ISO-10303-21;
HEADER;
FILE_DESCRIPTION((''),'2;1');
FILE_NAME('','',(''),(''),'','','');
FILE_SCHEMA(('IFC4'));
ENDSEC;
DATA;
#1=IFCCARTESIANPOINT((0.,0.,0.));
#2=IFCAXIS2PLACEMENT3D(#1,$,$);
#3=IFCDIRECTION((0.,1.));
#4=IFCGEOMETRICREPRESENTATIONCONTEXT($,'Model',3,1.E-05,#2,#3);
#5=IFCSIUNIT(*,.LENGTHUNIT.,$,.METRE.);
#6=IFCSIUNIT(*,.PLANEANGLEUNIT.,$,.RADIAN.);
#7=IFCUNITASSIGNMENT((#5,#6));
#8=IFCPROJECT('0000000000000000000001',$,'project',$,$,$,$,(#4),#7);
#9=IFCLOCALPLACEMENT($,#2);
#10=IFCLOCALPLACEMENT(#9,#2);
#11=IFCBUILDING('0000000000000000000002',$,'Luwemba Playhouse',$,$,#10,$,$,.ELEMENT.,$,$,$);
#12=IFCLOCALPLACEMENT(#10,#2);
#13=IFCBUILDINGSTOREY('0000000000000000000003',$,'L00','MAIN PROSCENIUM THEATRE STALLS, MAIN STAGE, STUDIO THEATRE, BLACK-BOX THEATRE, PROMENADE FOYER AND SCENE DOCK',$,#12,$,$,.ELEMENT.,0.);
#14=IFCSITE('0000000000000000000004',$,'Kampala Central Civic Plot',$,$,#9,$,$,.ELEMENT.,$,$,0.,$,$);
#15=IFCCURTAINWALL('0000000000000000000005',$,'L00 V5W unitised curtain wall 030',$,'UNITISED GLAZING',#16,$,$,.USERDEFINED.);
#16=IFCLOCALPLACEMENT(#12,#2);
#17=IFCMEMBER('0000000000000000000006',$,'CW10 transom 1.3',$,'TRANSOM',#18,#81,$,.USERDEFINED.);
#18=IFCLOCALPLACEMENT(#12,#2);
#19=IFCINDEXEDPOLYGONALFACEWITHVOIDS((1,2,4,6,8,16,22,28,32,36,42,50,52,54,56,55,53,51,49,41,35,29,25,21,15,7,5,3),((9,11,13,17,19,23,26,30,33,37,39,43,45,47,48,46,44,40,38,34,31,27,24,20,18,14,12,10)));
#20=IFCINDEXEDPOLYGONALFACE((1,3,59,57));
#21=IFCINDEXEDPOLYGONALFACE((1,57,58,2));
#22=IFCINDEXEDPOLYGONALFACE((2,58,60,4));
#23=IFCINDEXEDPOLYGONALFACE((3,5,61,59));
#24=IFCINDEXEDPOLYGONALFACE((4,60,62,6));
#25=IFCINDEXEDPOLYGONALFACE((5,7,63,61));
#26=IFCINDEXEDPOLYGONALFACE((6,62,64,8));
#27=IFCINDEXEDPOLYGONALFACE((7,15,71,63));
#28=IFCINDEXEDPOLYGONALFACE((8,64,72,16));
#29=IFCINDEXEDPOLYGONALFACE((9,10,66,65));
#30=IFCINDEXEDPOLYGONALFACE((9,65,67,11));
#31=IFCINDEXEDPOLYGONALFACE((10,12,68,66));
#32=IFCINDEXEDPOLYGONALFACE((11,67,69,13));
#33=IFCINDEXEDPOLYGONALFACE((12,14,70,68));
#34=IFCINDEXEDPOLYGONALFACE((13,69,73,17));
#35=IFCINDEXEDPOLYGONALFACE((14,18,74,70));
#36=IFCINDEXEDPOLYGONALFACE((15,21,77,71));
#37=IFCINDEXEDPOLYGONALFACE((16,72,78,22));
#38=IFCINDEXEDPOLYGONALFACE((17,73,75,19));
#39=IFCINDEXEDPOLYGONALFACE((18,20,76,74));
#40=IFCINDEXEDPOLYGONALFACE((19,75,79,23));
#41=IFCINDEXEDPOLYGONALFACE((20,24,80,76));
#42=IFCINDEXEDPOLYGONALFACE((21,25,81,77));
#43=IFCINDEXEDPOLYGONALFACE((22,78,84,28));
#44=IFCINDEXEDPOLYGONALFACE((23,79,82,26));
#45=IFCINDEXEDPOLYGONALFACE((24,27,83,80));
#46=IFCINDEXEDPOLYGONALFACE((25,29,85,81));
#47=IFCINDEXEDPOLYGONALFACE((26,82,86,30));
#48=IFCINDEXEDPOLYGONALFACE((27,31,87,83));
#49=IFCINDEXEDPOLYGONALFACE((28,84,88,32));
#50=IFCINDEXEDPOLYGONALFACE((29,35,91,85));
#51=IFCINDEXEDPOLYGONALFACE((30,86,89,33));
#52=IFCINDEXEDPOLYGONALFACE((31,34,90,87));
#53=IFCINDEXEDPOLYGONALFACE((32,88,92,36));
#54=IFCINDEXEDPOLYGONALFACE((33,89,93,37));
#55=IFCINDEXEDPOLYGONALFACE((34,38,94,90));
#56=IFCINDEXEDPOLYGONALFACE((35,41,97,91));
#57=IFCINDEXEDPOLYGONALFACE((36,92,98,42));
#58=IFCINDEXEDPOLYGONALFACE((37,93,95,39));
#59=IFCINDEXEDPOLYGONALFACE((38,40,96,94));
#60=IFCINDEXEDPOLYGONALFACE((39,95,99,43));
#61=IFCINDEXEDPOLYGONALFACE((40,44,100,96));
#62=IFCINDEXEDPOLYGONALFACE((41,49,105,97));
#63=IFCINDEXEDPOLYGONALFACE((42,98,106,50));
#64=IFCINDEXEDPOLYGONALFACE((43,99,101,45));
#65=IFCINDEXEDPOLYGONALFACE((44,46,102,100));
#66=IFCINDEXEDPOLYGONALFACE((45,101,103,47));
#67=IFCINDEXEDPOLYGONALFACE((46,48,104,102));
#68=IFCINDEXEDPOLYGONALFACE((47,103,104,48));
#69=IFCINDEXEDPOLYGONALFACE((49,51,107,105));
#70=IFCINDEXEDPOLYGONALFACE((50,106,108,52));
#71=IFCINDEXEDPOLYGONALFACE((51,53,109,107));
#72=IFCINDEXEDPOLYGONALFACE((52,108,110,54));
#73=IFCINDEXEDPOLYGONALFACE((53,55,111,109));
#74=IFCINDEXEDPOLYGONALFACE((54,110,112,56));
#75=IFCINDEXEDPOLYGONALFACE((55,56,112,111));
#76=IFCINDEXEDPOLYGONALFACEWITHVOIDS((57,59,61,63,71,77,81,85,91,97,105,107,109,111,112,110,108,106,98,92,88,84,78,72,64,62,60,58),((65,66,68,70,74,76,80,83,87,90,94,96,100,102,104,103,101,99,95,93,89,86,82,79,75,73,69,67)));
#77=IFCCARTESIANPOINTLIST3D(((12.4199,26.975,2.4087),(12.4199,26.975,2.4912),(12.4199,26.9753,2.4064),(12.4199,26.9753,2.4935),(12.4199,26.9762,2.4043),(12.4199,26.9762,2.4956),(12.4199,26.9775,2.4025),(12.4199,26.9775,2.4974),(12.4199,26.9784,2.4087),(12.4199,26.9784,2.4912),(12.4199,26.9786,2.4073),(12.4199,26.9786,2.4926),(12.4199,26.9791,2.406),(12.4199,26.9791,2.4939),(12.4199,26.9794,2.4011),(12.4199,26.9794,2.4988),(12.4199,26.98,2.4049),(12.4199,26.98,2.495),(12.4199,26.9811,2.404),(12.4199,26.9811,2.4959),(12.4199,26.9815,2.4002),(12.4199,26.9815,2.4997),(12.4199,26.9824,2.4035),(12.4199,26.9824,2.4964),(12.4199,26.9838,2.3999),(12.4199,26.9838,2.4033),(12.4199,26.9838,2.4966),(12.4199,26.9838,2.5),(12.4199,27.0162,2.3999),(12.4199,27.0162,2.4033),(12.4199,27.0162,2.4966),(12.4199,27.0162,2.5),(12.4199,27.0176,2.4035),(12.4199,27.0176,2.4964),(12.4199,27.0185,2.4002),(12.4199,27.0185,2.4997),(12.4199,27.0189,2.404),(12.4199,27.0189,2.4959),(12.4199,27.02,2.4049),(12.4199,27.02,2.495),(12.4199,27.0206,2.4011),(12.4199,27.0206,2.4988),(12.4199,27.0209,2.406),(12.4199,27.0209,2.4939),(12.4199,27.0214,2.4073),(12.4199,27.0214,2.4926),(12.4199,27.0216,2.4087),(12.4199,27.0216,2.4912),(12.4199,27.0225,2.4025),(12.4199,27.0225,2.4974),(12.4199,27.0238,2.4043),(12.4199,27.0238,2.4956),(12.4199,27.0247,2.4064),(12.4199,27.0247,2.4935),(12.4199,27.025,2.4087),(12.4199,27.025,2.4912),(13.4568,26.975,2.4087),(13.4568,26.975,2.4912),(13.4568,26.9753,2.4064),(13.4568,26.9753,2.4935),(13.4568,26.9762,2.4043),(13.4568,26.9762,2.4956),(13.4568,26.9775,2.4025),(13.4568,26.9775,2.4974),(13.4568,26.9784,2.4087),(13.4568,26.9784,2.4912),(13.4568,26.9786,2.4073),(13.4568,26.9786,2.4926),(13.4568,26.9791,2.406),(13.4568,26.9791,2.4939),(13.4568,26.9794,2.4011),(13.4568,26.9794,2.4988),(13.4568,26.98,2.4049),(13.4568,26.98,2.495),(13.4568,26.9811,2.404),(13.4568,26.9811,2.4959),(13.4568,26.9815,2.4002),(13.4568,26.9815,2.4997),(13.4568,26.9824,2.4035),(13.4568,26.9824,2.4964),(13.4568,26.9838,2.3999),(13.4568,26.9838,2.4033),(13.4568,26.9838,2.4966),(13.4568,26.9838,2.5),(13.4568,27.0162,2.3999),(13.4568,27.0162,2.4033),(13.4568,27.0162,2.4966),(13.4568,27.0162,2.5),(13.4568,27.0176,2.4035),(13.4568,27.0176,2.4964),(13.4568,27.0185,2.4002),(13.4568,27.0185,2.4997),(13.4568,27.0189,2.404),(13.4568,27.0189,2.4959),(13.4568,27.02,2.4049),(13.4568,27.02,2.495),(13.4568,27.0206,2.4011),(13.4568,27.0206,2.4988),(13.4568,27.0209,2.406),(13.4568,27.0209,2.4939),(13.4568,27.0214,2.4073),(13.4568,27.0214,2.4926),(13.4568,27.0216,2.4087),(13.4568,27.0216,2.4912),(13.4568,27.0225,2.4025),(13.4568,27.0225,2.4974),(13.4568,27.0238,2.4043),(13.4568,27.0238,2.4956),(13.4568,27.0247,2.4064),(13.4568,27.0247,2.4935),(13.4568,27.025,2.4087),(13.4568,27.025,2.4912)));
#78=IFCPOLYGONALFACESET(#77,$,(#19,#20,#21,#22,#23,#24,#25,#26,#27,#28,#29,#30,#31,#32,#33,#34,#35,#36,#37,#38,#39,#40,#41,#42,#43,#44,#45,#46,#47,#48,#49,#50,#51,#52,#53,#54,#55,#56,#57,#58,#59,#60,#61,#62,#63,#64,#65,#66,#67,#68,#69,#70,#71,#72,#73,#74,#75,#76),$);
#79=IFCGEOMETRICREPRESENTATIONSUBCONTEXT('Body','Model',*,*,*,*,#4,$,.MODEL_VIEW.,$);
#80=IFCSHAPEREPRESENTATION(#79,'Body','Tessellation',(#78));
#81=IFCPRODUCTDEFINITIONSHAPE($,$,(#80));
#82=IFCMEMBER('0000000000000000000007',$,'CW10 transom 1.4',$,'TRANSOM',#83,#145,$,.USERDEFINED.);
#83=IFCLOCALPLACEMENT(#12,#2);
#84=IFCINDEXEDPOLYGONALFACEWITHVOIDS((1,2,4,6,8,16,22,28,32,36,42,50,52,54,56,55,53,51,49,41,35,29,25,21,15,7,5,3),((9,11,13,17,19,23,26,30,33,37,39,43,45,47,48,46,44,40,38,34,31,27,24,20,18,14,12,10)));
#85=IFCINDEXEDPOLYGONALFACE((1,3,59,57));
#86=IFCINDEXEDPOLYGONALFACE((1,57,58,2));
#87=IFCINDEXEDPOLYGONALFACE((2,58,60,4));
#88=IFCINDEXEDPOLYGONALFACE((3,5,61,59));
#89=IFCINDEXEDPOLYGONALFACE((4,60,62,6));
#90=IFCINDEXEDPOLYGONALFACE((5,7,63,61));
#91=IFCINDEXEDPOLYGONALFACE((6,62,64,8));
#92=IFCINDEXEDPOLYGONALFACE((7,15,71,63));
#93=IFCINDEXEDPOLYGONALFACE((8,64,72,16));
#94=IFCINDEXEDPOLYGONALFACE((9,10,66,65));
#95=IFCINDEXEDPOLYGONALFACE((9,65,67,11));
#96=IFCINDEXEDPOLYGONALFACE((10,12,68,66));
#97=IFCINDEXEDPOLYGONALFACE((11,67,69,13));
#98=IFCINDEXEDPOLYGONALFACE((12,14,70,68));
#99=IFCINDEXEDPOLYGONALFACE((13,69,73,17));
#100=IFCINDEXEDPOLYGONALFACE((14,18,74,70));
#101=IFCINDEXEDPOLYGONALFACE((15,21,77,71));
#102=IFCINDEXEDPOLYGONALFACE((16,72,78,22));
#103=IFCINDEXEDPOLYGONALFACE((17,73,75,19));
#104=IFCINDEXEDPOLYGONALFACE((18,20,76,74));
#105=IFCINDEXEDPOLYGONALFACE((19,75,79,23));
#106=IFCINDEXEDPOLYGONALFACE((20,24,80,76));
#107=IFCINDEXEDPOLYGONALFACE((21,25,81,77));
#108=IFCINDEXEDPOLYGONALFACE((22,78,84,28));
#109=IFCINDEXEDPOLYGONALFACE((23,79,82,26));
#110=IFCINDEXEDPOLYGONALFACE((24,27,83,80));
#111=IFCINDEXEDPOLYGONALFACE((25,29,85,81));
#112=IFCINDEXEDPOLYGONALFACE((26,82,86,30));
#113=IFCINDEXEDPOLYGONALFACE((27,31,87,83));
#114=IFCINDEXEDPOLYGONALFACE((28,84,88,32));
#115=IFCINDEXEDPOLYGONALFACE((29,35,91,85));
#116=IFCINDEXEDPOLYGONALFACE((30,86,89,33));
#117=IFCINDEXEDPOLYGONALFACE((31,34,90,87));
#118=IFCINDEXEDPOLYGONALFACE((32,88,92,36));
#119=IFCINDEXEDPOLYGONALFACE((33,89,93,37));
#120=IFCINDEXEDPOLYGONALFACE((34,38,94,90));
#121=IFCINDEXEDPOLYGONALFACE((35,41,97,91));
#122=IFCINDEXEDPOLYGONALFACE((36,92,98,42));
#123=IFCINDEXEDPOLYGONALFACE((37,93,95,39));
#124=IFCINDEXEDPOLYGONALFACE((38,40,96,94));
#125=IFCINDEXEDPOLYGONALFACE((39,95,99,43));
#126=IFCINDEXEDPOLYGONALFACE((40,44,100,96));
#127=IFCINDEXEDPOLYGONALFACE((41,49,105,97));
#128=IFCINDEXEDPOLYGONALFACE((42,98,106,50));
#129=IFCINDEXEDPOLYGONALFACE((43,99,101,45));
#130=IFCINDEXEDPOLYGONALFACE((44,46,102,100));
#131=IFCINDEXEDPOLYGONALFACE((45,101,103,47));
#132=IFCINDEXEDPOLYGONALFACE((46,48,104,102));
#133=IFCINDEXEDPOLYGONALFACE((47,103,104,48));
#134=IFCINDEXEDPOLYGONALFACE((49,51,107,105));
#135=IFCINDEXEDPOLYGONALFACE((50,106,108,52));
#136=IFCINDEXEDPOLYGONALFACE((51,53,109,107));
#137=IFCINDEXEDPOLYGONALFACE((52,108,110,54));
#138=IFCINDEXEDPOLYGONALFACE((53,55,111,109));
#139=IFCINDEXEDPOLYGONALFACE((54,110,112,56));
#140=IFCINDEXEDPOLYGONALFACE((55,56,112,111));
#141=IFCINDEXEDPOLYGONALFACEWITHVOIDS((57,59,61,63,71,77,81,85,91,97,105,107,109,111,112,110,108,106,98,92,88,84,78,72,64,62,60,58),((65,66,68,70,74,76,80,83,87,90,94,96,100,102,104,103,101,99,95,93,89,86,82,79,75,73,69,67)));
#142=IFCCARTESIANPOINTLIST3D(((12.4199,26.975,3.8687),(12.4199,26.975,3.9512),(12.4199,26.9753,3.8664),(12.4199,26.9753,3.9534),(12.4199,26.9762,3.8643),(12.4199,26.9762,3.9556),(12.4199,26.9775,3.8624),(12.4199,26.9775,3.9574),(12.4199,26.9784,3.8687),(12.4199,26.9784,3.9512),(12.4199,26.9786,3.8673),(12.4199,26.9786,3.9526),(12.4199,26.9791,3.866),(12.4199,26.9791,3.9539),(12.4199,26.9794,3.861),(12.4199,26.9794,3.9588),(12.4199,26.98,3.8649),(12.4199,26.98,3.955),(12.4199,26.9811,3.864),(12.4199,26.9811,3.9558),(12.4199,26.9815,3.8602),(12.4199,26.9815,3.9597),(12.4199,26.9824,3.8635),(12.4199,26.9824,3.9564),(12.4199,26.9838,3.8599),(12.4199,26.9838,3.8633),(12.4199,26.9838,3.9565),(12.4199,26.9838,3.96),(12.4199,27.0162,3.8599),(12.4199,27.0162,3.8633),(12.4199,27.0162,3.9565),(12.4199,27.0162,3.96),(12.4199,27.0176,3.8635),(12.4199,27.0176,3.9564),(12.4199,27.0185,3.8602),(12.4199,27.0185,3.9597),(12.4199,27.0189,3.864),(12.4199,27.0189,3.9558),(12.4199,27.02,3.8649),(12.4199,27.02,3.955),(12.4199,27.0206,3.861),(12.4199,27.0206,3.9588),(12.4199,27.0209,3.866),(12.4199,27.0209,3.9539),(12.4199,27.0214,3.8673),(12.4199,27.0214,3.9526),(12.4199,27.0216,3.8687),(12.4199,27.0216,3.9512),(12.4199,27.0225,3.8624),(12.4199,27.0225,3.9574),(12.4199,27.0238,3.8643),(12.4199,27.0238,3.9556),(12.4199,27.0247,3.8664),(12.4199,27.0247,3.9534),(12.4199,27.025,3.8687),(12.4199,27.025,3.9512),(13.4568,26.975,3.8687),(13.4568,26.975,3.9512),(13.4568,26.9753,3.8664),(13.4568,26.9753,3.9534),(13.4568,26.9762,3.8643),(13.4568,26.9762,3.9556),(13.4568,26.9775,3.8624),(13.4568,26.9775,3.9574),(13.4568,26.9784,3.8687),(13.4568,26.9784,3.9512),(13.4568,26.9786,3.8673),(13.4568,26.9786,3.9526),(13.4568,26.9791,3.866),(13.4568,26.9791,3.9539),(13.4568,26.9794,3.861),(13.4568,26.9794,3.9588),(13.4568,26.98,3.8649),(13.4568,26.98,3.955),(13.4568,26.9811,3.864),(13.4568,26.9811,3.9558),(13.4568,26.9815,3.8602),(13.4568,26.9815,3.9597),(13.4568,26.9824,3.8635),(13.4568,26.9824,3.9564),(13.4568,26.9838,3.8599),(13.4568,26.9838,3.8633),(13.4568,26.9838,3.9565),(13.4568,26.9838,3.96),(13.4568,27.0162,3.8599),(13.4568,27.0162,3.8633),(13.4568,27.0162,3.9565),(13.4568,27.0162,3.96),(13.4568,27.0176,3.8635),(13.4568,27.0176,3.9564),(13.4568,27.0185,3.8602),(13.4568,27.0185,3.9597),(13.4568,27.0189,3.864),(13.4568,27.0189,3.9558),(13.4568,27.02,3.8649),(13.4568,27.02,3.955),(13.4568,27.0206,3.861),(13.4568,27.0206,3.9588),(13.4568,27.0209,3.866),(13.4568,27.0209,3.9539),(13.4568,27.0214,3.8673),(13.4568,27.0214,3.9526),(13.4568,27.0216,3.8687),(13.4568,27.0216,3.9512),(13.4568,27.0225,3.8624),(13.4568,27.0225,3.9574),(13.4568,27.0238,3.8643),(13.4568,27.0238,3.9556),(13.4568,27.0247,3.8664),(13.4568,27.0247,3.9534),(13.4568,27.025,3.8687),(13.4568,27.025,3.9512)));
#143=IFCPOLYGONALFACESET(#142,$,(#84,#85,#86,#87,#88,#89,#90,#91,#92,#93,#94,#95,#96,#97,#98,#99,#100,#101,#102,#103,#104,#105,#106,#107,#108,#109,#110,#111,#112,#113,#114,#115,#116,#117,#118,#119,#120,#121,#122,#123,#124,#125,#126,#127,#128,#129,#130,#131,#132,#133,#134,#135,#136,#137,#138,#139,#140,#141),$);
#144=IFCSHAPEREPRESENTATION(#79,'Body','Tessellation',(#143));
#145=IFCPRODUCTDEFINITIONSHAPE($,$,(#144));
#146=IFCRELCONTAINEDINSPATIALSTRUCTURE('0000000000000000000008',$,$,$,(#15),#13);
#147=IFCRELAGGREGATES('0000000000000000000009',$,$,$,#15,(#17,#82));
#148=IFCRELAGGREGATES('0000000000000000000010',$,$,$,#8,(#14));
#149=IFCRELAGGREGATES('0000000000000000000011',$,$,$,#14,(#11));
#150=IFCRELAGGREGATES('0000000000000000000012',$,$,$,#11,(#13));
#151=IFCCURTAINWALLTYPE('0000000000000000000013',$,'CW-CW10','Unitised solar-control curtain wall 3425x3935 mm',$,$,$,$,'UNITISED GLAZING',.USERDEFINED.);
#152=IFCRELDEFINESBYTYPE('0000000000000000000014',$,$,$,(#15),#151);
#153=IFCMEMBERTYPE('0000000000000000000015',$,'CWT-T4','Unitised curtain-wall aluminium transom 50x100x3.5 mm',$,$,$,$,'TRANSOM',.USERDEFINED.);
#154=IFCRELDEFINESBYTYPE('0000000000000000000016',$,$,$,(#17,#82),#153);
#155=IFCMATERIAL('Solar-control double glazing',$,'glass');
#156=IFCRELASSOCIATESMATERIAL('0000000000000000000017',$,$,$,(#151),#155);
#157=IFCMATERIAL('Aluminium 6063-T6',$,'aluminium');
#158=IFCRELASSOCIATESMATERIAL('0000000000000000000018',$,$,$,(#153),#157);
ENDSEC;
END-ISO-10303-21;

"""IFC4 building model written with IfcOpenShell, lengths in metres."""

from ifc_helpers import new_model, si_unit, direction, frame, origin, origin_2d, place, context, subcontext, project, spatial, hollow_rectangle, extrude, material, material_profile, profile_set, type_object, element, aggregate, save


model = new_model("IFC4")

# Units and contexts
model_context = context("Model", 3, precision=1e-05, world=origin(), true_north=direction((0.0, 1.0)))
body_context = subcontext(model_context, "Body", "Model", "MODEL_VIEW")
ifc_project = project(units=[si_unit("LENGTHUNIT", "METRE"), si_unit("PLANEANGLEUNIT", "RADIAN")], contexts=[model_context])

# Site, building, storey
site_placement = place(None, origin())
site = spatial("IfcSite", under=ifc_project, at=site_placement, Name="Kampala Central Civic Plot", CompositionType="ELEMENT", RefElevation=0.0)
building_placement = place(site_placement, origin())
building = spatial("IfcBuilding", under=site, at=building_placement, Name="Luwemba Playhouse", CompositionType="ELEMENT")
storey_placement = place(building_placement, origin())
storey = spatial("IfcBuildingStorey", under=building, at=storey_placement, Name="L00", Description="MAIN PROSCENIUM THEATRE STALLS, MAIN STAGE, STUDIO THEATRE, BLACK-BOX THEATRE, PROMENADE FOYER AND SCENE DOCK", CompositionType="ELEMENT", Elevation=0.0)

# Shared definitions
ifc_material_1 = material(Name="Solar-control double glazing", Category="glass")
ifc_material_2 = material(Name="Aluminium 6063-T6", Category="aluminium")

# Curtain wall, members
curtain_wall_type_1 = type_object("IfcCurtainWallType", Name="CW-CW10", Description="Unitised solar-control curtain wall 3425x3935 mm", ElementType="UNITISED GLAZING", PredefinedType="USERDEFINED", material=ifc_material_1)
curtain_wall_1_placement = place(storey_placement, origin())
curtain_wall_1 = element("IfcCurtainWall", 1, at=curtain_wall_1_placement, inside=storey, type_object=curtain_wall_type_1, Name="L00 V5W unitised curtain wall 030", ObjectType="UNITISED GLAZING", PredefinedType="USERDEFINED")
ifc_material_profile_1 = material_profile(ifc_material_2, hollow_rectangle(XDim=0.05, YDim=0.1001, WallThickness=0.0034, InnerFilletRadius=0.0054, OuterFilletRadius=0.0088, at=origin_2d()))
ifc_profile_set_1 = profile_set([ifc_material_profile_1], Name="Aluminium 6063-T6")
member_type_1 = type_object("IfcMemberType", Name="CWT-T4", Description="Unitised curtain-wall aluminium transom 50x100x3.5 mm", ElementType="TRANSOM", PredefinedType="USERDEFINED", material=ifc_profile_set_1)
member_1_placement = place(storey_placement, frame((12.4199, 27.0, 2.45), z_axis=(1.0, 0.0, 0.0), x_axis=(0.0, 1.0, 0.0)))
member_1 = element("IfcMember", 2, at=member_1_placement, type_object=member_type_1, Name="CW10 transom 1.3", ObjectType="TRANSOM", PredefinedType="USERDEFINED", context=body_context, shape_type="SweptSolid", body=[
    extrude(hollow_rectangle(XDim=0.05, YDim=0.1001, WallThickness=0.0034, InnerFilletRadius=0.0054, OuterFilletRadius=0.0088, at=origin_2d()), origin(), (0.0, 0.0, 1.0), 1.0369),
])
member_2_placement = place(storey_placement, frame((12.4199, 27.0, 3.9099), z_axis=(1.0, 0.0, 0.0), x_axis=(0.0, 1.0, 0.0)))
member_2 = element("IfcMember", 3, at=member_2_placement, type_object=member_type_1, Name="CW10 transom 1.4", ObjectType="TRANSOM", PredefinedType="USERDEFINED", context=body_context, shape_type="SweptSolid", body=[
    extrude(hollow_rectangle(XDim=0.05, YDim=0.1001, WallThickness=0.0034, InnerFilletRadius=0.0054, OuterFilletRadius=0.0088, at=origin_2d()), origin(), (0.0, 0.0, 1.0), 1.0369),
])

aggregate(curtain_wall_1, [member_1, member_2])

save(model, "model.ifc")
